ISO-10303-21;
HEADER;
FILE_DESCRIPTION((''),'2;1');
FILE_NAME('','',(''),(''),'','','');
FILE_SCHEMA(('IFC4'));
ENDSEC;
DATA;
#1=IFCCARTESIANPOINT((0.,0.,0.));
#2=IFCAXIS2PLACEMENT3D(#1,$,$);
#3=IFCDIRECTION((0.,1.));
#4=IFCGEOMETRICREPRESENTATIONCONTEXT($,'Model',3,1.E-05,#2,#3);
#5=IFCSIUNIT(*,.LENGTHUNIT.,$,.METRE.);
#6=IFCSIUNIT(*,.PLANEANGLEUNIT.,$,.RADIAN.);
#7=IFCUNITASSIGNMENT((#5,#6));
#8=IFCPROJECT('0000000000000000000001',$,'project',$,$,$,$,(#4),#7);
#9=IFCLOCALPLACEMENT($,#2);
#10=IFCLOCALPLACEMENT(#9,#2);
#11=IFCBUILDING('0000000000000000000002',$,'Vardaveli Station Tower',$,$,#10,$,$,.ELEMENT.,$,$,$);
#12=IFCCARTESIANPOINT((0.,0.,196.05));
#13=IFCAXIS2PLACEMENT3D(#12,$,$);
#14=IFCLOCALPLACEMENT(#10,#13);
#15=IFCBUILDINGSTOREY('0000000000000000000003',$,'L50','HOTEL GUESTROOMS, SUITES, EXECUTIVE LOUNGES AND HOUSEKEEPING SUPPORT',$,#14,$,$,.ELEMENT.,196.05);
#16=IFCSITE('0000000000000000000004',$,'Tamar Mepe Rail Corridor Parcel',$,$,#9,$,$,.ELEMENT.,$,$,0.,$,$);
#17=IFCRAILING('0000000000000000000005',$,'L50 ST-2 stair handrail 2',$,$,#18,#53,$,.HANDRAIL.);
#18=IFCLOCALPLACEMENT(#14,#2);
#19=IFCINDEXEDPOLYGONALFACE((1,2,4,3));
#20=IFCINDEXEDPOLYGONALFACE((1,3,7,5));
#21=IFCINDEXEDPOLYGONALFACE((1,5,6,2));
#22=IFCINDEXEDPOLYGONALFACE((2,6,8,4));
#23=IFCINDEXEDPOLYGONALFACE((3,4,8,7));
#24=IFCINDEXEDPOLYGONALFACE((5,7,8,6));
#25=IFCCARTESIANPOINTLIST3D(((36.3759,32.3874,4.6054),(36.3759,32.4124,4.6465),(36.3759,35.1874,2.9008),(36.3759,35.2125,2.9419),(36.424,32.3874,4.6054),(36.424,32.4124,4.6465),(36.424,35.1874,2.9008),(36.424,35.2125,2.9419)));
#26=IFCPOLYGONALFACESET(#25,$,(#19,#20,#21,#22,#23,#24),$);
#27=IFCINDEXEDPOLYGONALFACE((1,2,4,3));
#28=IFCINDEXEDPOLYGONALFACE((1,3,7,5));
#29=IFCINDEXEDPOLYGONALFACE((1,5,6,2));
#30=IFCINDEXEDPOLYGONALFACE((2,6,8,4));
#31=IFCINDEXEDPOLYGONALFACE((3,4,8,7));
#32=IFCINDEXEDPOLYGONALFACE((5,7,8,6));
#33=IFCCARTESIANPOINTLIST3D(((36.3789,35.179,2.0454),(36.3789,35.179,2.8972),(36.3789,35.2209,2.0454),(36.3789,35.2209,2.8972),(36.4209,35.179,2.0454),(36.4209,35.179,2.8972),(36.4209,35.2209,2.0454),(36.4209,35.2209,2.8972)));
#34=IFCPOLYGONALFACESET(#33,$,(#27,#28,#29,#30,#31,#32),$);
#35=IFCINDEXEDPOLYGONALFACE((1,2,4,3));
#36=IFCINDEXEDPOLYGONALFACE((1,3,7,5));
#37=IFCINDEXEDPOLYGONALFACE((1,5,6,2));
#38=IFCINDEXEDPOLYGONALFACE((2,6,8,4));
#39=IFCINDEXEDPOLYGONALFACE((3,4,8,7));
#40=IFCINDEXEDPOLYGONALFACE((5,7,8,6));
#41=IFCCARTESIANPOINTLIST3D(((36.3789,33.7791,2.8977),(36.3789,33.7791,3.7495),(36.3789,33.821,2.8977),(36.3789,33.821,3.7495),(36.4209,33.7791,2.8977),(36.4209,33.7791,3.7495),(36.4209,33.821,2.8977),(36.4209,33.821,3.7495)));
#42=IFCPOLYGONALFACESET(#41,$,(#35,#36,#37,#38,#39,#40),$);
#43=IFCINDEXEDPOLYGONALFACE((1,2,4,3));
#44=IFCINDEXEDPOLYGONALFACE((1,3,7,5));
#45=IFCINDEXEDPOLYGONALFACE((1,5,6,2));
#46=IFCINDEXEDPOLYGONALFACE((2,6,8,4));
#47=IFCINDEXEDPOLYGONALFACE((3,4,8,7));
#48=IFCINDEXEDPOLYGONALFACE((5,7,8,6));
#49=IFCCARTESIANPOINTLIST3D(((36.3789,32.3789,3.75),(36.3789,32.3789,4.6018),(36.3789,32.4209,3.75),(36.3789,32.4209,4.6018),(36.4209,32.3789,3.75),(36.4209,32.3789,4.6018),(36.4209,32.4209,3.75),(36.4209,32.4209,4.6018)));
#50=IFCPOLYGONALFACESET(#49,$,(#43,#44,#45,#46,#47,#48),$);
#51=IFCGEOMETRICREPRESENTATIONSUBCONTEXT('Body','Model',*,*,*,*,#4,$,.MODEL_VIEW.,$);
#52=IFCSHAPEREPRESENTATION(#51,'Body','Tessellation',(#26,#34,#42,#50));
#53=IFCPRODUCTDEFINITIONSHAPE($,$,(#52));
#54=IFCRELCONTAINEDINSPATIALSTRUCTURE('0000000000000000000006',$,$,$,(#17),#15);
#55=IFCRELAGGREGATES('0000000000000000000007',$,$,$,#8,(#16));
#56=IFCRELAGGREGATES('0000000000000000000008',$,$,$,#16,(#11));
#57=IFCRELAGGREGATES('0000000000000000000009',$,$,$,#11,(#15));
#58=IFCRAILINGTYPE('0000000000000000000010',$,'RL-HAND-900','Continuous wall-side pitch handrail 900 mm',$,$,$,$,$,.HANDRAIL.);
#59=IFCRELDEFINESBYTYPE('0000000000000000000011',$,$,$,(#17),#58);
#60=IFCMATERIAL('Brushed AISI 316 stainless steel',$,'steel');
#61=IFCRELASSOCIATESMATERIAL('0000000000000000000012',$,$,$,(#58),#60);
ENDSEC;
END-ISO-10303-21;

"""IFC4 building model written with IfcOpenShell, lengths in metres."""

from ifc_helpers import new_model, si_unit, direction, frame, origin, origin_2d, place, context, subcontext, project, spatial, rectangle, extrude, source, transform, mapped, material, type_object, element, save


model = new_model("IFC4")

# Units and contexts
model_context = context("Model", 3, precision=1e-05, world=origin(), true_north=direction((0.0, 1.0)))
body_context = subcontext(model_context, "Body", "Model", "MODEL_VIEW")
ifc_project = project(units=[si_unit("LENGTHUNIT", "METRE"), si_unit("PLANEANGLEUNIT", "RADIAN")], contexts=[model_context])

# Site, building, storey
site_placement = place(None, origin())
site = spatial("IfcSite", under=ifc_project, at=site_placement, Name="Tamar Mepe Rail Corridor Parcel", CompositionType="ELEMENT", RefElevation=0.0)
building_placement = place(site_placement, origin())
building = spatial("IfcBuilding", under=site, at=building_placement, Name="Vardaveli Station Tower", CompositionType="ELEMENT")
storey_placement = place(building_placement, frame((0.0, 0.0, 196.05)))
storey = spatial("IfcBuildingStorey", under=building, at=storey_placement, Name="L50", Description="HOTEL GUESTROOMS, SUITES, EXECUTIVE LOUNGES AND HOUSEKEEPING SUPPORT", CompositionType="ELEMENT", Elevation=196.05)

# Railing
ifc_material_1 = material(Name="Brushed AISI 316 stainless steel", Category="steel")
railing_type_1 = type_object("IfcRailingType", Name="RL-HAND-900", Description="Continuous wall-side pitch handrail 900 mm", PredefinedType="HANDRAIL", material=ifc_material_1)
shared_shape_1 = source(origin(), body_context, "Body", "SweptSolid", [
    extrude(rectangle(XDim=0.0481, YDim=0.0481, at=origin_2d()), frame((0.0, 0.0, 0.876), z_axis=(0.0, -0.85417, 0.519994), x_axis=(1.0, 0.0, 0.0)), (0.0, 0.0, 1.0), 3.2781),
    extrude(rectangle(XDim=0.042, YDim=0.042, at=origin_2d()), origin(), (0.0, 0.0, 1.0), 0.8518),
    extrude(rectangle(XDim=0.042, YDim=0.042, at=origin_2d()), frame((0.0, -1.3999, 0.8523)), (0.0, 0.0, 1.0), 0.8518),
    extrude(rectangle(XDim=0.042, YDim=0.042, at=origin_2d()), frame((0.0, -2.8, 1.7046)), (0.0, 0.0, 1.0), 0.8518),
])
railing_1_placement = place(storey_placement, frame((36.3999, 35.2, 2.0454)))
element("IfcRailing", 1, at=railing_1_placement, inside=storey, type_object=railing_type_1, Name="L50 ST-2 stair handrail 2", PredefinedType="HANDRAIL", context=body_context, shape_type="MappedRepresentation", body=[
    mapped(shared_shape_1, transform((0.0, 0.0, 0.0), scale=1.0)),
])

save(model, "model.ifc")
